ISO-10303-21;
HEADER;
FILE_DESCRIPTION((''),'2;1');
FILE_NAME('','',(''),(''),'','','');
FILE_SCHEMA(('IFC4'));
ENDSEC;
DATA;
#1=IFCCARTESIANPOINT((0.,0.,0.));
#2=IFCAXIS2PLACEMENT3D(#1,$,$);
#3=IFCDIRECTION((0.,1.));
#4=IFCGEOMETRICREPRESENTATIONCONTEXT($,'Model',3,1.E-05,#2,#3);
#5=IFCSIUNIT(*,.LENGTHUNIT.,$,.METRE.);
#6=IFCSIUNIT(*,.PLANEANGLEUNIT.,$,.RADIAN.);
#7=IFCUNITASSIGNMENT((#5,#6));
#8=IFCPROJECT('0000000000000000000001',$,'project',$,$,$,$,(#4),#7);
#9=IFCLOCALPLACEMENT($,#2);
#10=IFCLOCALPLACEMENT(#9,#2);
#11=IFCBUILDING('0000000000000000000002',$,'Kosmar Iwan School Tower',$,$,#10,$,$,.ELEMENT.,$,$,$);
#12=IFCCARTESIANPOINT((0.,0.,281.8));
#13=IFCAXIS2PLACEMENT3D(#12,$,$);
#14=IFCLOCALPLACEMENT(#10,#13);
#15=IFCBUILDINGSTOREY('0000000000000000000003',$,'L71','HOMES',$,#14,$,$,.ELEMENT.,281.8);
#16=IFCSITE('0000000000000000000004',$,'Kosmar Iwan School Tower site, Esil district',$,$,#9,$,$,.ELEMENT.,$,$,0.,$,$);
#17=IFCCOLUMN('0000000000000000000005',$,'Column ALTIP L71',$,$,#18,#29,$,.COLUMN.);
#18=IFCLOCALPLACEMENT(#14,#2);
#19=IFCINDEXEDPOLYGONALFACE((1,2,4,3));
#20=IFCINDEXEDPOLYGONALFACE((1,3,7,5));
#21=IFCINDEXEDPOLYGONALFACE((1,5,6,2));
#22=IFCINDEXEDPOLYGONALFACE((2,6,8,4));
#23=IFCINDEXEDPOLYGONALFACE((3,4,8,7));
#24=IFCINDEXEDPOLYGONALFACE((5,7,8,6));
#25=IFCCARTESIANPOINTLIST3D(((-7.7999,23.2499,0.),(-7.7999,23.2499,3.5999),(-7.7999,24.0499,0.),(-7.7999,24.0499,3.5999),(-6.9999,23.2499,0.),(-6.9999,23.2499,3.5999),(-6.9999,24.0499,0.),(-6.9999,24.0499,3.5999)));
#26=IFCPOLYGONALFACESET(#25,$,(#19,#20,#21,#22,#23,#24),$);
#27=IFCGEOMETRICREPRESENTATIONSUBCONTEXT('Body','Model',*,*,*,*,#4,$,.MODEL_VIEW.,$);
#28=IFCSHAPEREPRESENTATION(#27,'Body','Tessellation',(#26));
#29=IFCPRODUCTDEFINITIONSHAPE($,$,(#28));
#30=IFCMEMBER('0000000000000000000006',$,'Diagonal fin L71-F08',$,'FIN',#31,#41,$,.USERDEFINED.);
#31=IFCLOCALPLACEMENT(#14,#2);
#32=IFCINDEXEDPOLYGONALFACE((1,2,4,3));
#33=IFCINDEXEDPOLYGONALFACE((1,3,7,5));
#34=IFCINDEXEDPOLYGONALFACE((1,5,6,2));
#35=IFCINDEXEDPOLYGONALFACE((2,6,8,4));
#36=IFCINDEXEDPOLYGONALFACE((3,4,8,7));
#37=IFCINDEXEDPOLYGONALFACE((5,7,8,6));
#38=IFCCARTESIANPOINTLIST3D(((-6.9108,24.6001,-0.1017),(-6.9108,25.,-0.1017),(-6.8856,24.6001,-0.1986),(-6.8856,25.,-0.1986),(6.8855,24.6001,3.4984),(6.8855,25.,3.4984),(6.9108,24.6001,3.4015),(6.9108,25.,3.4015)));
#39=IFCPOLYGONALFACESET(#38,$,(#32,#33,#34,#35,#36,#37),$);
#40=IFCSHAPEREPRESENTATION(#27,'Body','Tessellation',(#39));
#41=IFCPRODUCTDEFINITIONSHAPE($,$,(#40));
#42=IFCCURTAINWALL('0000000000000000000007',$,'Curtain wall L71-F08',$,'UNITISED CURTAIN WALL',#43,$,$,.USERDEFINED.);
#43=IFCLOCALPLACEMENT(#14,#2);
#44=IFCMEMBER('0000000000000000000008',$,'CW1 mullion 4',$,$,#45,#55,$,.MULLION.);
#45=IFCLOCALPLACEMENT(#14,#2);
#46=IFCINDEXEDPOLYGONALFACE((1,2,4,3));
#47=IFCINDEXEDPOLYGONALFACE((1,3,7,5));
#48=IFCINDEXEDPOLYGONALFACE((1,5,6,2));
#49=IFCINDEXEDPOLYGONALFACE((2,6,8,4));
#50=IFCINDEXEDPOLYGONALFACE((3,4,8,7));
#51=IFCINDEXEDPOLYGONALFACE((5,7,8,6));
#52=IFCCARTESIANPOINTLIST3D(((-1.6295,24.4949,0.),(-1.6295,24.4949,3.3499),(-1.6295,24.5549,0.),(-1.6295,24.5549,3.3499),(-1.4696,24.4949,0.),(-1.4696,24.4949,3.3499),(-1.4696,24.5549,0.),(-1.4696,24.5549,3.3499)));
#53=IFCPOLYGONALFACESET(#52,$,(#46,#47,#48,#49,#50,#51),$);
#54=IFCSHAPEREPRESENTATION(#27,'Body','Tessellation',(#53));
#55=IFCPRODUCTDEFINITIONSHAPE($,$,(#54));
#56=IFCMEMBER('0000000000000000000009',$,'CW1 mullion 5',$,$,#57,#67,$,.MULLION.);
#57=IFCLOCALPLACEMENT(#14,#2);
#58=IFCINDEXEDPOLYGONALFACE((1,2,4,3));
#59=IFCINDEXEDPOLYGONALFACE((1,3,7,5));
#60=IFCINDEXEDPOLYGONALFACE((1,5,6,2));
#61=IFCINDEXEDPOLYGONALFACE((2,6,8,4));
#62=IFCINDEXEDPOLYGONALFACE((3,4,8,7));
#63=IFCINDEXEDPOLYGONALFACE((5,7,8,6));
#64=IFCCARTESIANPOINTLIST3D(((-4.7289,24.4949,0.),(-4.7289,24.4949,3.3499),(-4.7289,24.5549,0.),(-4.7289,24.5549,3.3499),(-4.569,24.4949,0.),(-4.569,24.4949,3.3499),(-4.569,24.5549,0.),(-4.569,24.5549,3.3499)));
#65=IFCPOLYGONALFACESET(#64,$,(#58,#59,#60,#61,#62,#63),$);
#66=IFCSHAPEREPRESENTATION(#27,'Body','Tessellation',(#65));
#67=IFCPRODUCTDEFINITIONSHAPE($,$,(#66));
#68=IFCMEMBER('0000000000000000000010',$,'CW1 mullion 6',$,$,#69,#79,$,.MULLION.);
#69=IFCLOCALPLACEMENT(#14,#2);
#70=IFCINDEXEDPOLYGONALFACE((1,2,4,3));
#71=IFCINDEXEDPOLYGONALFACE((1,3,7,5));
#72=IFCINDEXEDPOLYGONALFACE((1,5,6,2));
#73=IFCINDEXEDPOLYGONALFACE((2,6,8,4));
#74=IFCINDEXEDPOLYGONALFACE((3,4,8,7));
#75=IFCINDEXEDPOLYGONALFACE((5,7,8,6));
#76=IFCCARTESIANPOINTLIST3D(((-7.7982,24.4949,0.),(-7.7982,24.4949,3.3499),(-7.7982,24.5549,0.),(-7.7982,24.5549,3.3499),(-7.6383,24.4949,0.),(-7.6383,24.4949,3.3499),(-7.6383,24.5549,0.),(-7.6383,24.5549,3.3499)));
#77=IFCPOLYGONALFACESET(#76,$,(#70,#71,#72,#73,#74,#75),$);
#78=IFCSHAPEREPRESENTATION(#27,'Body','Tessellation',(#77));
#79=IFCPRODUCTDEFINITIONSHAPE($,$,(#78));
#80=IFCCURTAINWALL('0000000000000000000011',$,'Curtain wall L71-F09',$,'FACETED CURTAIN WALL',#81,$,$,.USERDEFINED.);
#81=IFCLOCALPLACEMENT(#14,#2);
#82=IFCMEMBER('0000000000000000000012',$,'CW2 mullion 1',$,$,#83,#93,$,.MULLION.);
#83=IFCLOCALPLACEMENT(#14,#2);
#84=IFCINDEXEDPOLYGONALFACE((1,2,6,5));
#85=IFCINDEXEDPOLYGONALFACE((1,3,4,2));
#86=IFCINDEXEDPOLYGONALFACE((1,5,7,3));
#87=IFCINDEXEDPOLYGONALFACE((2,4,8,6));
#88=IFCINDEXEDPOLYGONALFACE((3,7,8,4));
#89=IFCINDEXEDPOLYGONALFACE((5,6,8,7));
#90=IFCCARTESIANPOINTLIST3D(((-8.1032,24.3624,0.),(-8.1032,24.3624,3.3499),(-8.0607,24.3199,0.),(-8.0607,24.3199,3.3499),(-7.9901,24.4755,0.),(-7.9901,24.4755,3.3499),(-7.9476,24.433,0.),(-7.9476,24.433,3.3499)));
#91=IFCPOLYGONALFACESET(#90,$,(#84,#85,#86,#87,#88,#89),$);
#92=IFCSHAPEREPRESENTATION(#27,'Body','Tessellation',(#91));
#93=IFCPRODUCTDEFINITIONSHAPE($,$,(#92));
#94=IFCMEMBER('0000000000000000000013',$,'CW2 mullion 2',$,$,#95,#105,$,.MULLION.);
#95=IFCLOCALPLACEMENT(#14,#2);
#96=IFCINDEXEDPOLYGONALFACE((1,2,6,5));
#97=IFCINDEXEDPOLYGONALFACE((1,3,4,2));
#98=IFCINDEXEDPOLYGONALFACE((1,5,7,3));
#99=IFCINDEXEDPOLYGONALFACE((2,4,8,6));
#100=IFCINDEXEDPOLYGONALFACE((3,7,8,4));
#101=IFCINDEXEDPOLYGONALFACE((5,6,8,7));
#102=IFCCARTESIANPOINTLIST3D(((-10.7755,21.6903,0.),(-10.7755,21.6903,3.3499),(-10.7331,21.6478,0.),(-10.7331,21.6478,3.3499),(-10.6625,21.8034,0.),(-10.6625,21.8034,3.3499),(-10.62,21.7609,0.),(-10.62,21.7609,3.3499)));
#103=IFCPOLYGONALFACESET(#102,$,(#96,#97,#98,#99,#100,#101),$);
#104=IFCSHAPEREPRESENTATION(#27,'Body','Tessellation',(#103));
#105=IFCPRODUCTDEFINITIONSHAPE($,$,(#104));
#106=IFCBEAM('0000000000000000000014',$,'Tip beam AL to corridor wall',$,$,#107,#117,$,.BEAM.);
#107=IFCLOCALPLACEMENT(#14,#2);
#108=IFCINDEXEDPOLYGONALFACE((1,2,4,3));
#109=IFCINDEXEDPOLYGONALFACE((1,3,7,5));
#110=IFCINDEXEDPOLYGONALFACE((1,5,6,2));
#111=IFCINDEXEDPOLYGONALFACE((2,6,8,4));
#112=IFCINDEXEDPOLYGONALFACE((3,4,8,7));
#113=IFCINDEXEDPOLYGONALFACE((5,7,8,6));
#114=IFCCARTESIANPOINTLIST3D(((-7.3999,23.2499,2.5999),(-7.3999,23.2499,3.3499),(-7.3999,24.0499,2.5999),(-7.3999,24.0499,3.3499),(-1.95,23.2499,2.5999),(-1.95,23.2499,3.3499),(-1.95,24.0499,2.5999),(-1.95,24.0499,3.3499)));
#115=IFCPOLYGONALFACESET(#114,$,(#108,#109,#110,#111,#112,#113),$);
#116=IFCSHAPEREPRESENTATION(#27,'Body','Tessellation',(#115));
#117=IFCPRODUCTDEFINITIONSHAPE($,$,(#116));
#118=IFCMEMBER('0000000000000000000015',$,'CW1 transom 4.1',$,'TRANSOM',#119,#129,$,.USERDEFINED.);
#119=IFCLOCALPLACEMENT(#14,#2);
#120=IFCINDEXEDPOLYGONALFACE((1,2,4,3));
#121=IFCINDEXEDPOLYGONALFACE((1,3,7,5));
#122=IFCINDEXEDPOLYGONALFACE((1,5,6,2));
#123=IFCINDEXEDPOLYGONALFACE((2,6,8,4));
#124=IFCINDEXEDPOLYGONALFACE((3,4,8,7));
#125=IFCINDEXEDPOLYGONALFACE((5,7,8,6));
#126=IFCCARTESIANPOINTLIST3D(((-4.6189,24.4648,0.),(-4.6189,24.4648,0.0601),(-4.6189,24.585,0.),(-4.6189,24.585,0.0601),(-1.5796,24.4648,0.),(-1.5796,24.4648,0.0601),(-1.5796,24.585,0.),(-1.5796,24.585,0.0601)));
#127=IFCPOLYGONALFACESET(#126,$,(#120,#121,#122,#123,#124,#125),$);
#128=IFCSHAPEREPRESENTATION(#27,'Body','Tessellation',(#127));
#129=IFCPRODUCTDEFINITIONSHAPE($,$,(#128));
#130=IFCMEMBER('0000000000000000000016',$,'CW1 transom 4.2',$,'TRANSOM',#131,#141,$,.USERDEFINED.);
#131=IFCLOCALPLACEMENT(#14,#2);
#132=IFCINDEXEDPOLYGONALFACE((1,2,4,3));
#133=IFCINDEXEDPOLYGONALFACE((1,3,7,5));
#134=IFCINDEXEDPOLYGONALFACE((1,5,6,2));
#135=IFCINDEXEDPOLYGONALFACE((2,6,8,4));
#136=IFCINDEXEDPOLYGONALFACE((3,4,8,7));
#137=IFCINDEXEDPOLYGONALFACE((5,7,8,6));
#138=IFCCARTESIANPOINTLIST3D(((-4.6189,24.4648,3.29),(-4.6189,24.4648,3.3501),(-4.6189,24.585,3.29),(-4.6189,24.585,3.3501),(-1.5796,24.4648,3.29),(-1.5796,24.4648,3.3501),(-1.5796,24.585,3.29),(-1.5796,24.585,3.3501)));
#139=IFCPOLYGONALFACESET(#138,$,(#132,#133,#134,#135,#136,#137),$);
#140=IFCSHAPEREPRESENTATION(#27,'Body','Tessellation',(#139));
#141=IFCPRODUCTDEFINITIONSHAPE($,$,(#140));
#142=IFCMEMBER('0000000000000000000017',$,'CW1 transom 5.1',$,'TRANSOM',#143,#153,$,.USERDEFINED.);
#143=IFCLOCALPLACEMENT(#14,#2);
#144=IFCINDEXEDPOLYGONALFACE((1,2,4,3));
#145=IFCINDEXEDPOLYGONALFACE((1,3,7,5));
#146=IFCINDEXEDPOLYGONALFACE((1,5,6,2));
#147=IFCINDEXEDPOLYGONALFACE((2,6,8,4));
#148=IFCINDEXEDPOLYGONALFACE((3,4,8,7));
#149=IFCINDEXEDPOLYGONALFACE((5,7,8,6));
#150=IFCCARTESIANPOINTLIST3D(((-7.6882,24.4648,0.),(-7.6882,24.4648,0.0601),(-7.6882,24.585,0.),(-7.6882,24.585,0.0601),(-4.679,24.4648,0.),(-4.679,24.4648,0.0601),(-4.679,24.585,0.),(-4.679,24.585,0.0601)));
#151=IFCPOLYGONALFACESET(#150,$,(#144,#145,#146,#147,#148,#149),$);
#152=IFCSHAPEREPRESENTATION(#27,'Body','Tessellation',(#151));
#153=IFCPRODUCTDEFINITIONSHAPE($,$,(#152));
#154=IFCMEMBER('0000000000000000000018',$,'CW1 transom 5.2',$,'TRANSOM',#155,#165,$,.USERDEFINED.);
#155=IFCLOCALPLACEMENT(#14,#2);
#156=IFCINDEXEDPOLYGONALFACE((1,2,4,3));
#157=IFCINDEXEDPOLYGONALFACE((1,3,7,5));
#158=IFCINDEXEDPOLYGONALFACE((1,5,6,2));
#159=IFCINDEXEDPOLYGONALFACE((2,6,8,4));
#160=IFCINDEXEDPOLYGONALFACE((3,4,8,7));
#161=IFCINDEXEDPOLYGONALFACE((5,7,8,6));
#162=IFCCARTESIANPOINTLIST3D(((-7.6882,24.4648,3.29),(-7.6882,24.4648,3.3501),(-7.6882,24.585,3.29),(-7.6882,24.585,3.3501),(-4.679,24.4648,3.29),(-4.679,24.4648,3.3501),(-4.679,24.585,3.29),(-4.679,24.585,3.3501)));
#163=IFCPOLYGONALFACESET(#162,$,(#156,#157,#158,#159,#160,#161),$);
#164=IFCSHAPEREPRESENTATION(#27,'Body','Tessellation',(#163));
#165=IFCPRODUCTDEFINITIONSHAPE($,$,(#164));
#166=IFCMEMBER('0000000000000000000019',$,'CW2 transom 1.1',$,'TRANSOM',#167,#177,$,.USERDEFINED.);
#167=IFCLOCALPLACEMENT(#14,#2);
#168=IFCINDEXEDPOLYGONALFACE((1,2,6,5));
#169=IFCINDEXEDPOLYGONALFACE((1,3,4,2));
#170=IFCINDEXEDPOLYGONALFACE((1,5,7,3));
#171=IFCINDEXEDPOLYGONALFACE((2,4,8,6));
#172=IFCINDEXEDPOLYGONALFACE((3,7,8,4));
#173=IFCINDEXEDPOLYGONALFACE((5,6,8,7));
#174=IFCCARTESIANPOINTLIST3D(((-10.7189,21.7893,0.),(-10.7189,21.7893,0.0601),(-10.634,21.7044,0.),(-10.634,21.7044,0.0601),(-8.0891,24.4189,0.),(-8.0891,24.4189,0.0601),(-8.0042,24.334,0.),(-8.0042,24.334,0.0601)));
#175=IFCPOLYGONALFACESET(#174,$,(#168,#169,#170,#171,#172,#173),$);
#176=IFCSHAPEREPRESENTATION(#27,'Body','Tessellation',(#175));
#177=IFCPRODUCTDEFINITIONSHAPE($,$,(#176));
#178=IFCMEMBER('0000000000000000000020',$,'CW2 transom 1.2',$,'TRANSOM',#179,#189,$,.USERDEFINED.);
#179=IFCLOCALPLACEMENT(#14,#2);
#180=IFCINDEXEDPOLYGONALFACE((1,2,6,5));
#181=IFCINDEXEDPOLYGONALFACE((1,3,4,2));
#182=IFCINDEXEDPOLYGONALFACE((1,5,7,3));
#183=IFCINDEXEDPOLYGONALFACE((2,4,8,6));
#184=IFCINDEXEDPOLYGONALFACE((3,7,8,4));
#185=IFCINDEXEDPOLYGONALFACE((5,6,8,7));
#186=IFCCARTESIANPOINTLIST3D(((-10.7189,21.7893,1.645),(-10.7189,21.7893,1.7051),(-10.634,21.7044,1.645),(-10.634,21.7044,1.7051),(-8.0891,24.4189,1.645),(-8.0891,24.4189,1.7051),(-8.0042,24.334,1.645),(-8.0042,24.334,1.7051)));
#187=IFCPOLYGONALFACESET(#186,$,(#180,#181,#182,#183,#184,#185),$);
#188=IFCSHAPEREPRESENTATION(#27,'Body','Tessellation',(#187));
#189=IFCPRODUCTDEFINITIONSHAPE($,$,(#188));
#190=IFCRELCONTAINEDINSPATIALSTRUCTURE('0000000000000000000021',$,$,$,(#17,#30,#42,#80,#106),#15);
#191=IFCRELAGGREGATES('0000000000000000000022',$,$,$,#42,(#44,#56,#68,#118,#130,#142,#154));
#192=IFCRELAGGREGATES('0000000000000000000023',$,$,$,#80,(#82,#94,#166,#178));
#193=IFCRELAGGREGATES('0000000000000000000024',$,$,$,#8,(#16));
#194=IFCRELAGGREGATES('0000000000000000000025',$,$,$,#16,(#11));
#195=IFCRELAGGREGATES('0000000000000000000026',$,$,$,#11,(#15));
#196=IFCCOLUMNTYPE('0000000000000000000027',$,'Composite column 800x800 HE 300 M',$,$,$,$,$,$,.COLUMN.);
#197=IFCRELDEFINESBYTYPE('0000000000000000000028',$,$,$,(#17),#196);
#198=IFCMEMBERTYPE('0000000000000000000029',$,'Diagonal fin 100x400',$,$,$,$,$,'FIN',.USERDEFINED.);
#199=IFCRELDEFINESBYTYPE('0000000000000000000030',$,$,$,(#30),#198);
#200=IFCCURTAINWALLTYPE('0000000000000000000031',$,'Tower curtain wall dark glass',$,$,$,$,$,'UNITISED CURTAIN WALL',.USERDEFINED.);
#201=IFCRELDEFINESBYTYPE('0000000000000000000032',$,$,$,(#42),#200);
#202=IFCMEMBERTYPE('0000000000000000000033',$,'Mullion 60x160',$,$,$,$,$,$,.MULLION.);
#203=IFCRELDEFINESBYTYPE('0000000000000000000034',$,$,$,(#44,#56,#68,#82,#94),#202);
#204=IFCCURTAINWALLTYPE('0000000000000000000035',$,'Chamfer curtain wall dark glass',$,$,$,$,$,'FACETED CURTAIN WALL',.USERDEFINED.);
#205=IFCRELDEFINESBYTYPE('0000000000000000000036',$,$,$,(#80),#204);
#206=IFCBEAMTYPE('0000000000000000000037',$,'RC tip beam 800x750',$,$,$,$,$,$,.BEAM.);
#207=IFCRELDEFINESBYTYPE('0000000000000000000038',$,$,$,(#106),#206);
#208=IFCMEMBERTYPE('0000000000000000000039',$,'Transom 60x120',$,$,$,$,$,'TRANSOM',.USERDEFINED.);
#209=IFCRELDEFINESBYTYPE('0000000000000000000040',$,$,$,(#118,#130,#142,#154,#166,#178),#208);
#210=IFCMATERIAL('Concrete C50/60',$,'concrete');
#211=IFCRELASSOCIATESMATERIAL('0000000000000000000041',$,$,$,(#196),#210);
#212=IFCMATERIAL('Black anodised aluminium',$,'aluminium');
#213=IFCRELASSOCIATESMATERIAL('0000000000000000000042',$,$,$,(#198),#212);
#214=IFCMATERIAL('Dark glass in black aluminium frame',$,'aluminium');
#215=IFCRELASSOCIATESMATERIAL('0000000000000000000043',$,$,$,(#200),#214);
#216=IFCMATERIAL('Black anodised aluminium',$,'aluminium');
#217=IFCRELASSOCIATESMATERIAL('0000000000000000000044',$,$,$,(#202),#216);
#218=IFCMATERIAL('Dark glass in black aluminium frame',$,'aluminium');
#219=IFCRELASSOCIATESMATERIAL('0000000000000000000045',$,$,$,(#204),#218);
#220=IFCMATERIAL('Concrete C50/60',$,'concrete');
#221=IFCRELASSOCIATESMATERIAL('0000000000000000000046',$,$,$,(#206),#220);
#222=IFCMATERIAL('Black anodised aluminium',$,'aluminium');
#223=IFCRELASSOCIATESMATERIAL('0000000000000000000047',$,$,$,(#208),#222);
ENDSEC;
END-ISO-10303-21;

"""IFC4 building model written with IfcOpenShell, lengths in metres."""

from ifc_helpers import new_model, si_unit, direction, frame, origin, origin_2d, place, context, subcontext, project, spatial, rectangle, extrude, material, material_profile, profile_set, type_object, element, aggregate, save


model = new_model("IFC4")

# Units and contexts
model_context = context("Model", 3, precision=1e-05, world=origin(), true_north=direction((0.0, 1.0)))
body_context = subcontext(model_context, "Body", "Model", "MODEL_VIEW")
ifc_project = project(units=[si_unit("LENGTHUNIT", "METRE"), si_unit("PLANEANGLEUNIT", "RADIAN")], contexts=[model_context])

# Site, building, storey
site_placement = place(None, origin())
site = spatial("IfcSite", under=ifc_project, at=site_placement, Name="Kosmar Iwan School Tower site, Esil district", CompositionType="ELEMENT", RefElevation=0.0)
building_placement = place(site_placement, origin())
building = spatial("IfcBuilding", under=site, at=building_placement, Name="Kosmar Iwan School Tower", CompositionType="ELEMENT")
storey_placement = place(building_placement, frame((0.0, 0.0, 281.8)))
storey = spatial("IfcBuildingStorey", under=building, at=storey_placement, Name="L71", Description="HOMES", CompositionType="ELEMENT", Elevation=281.8)

# Column
ifc_material_1 = material(Name="Concrete C50/60", Category="concrete")
ifc_material_profile_1 = material_profile(ifc_material_1, rectangle(XDim=0.8, YDim=0.8, at=origin_2d()), Name="RC 800x800 + HE 300 M")
ifc_profile_set_1 = profile_set([ifc_material_profile_1], Name="Concrete C50/60")
column_type = type_object("IfcColumnType", Name="Composite column 800x800 HE 300 M", PredefinedType="COLUMN", material=ifc_profile_set_1)
column_placement = place(storey_placement, frame((-7.3999, 23.6499, 0.0), z_axis=(0.0, 0.0, 1.0), x_axis=(0.0, 1.0, 0.0)))
element("IfcColumn", 1, at=column_placement, inside=storey, type_object=column_type, Name="Column ALTIP L71", PredefinedType="COLUMN", context=body_context, shape_type="SweptSolid", body=[
    extrude(rectangle(XDim=0.8, YDim=0.8, at=origin_2d()), origin(), (0.0, 0.0, 1.0), 3.5999),
])

# Member
ifc_material_2 = material(Name="Black anodised aluminium", Category="aluminium")
ifc_material_profile_2 = material_profile(ifc_material_2, rectangle(XDim=0.1001, YDim=0.3999, at=origin_2d()), Name="FIN 100x400")
ifc_profile_set_2 = profile_set([ifc_material_profile_2], Name="Black anodised aluminium")
member_type_1 = type_object("IfcMemberType", Name="Diagonal fin 100x400", ElementType="FIN", PredefinedType="USERDEFINED", material=ifc_profile_set_2)
member_1_placement = place(storey_placement, frame((-6.8982, 24.8, -0.1501), z_axis=(0.967599, 0.0, 0.25249), x_axis=(-0.25249, 0.0, 0.967599)))
element("IfcMember", 2, at=member_1_placement, inside=storey, type_object=member_type_1, Name="Diagonal fin L71-F08", ObjectType="FIN", PredefinedType="USERDEFINED", context=body_context, shape_type="SweptSolid", body=[
    extrude(rectangle(XDim=0.1001, YDim=0.3999, at=origin_2d()), origin(), (0.0, 0.0, 1.0), 14.2583),
])

# Curtain walls, members
ifc_material_3 = material(Name="Dark glass in black aluminium frame", Category="aluminium")
curtain_wall_type_1 = type_object("IfcCurtainWallType", Name="Tower curtain wall dark glass", ElementType="UNITISED CURTAIN WALL", PredefinedType="USERDEFINED", material=ifc_material_3)
curtain_wall_1_placement = place(storey_placement, origin())
curtain_wall_1 = element("IfcCurtainWall", 3, at=curtain_wall_1_placement, inside=storey, type_object=curtain_wall_type_1, Name="Curtain wall L71-F08", ObjectType="UNITISED CURTAIN WALL", PredefinedType="USERDEFINED")
ifc_material_4 = material(Name="Black anodised aluminium", Category="aluminium")
ifc_material_profile_3 = material_profile(ifc_material_4, rectangle(XDim=0.0601, YDim=0.1599, at=origin_2d()), Name="MULLION 60x160")
ifc_profile_set_3 = profile_set([ifc_material_profile_3], Name="Black anodised aluminium")
member_type_2 = type_object("IfcMemberType", Name="Mullion 60x160", PredefinedType="MULLION", material=ifc_profile_set_3)
member_2_placement = place(storey_placement, frame((-1.5496, 24.5249, 0.0), z_axis=(0.0, 0.0, 1.0), x_axis=(0.0, -1.0, 0.0)))
member_2 = element("IfcMember", 4, at=member_2_placement, type_object=member_type_2, Name="CW1 mullion 4", PredefinedType="MULLION", context=body_context, shape_type="SweptSolid", body=[
    extrude(rectangle(XDim=0.0601, YDim=0.1599, at=origin_2d()), origin(), (0.0, 0.0, 1.0), 3.3499),
])
member_3_placement = place(storey_placement, frame((-4.6489, 24.5249, 0.0), z_axis=(0.0, 0.0, 1.0), x_axis=(0.0, -1.0, 0.0)))
member_3 = element("IfcMember", 5, at=member_3_placement, type_object=member_type_2, Name="CW1 mullion 5", PredefinedType="MULLION", context=body_context, shape_type="SweptSolid", body=[
    extrude(rectangle(XDim=0.0601, YDim=0.1599, at=origin_2d()), origin(), (0.0, 0.0, 1.0), 3.3499),
])
member_4_placement = place(storey_placement, frame((-7.7183, 24.5249, 0.0), z_axis=(0.0, 0.0, 1.0), x_axis=(0.0, -1.0, 0.0)))
member_4 = element("IfcMember", 6, at=member_4_placement, type_object=member_type_2, Name="CW1 mullion 6", PredefinedType="MULLION", context=body_context, shape_type="SweptSolid", body=[
    extrude(rectangle(XDim=0.0601, YDim=0.1599, at=origin_2d()), origin(), (0.0, 0.0, 1.0), 3.3499),
])
ifc_material_5 = material(Name="Dark glass in black aluminium frame", Category="aluminium")
curtain_wall_type_2 = type_object("IfcCurtainWallType", Name="Chamfer curtain wall dark glass", ElementType="FACETED CURTAIN WALL", PredefinedType="USERDEFINED", material=ifc_material_5)
curtain_wall_2_placement = place(storey_placement, origin())
curtain_wall_2 = element("IfcCurtainWall", 7, at=curtain_wall_2_placement, inside=storey, type_object=curtain_wall_type_2, Name="Curtain wall L71-F09", ObjectType="FACETED CURTAIN WALL", PredefinedType="USERDEFINED")
member_5_placement = place(storey_placement, frame((-8.0254, 24.3977, 0.0), z_axis=(0.0, 0.0, 1.0), x_axis=(0.707107, -0.707107, 0.0)))
member_5 = element("IfcMember", 8, at=member_5_placement, type_object=member_type_2, Name="CW2 mullion 1", PredefinedType="MULLION", context=body_context, shape_type="SweptSolid", body=[
    extrude(rectangle(XDim=0.0601, YDim=0.1599, at=origin_2d()), origin(), (0.0, 0.0, 1.0), 3.3499),
])
member_6_placement = place(storey_placement, frame((-10.6978, 21.7256, 0.0), z_axis=(0.0, 0.0, 1.0), x_axis=(0.707107, -0.707107, 0.0)))
member_6 = element("IfcMember", 9, at=member_6_placement, type_object=member_type_2, Name="CW2 mullion 2", PredefinedType="MULLION", context=body_context, shape_type="SweptSolid", body=[
    extrude(rectangle(XDim=0.0601, YDim=0.1599, at=origin_2d()), origin(), (0.0, 0.0, 1.0), 3.3499),
])

# Beam
ifc_material_6 = material(Name="Concrete C50/60", Category="concrete")
ifc_material_profile_4 = material_profile(ifc_material_6, rectangle(XDim=0.8, YDim=0.75, at=origin_2d()), Name="RC 800x750")
ifc_profile_set_4 = profile_set([ifc_material_profile_4], Name="Concrete C50/60")
beam_type = type_object("IfcBeamType", Name="RC tip beam 800x750", PredefinedType="BEAM", material=ifc_profile_set_4)
beam_placement = place(storey_placement, frame((-7.3999, 23.6499, 2.9749), z_axis=(1.0, 0.0, 0.0), x_axis=(0.0, 1.0, 0.0)))
element("IfcBeam", 10, at=beam_placement, inside=storey, type_object=beam_type, Name="Tip beam AL to corridor wall", PredefinedType="BEAM", context=body_context, shape_type="SweptSolid", body=[
    extrude(rectangle(XDim=0.8, YDim=0.75, at=origin_2d()), origin(), (0.0, 0.0, 1.0), 5.45),
])

# Members
ifc_material_7 = material(Name="Black anodised aluminium", Category="aluminium")
ifc_material_profile_5 = material_profile(ifc_material_7, rectangle(XDim=0.1201, YDim=0.0601, at=origin_2d()), Name="TRANSOM 60x120")
ifc_profile_set_5 = profile_set([ifc_material_profile_5], Name="Black anodised aluminium")
member_type_3 = type_object("IfcMemberType", Name="Transom 60x120", ElementType="TRANSOM", PredefinedType="USERDEFINED", material=ifc_profile_set_5)
member_7_placement = place(storey_placement, frame((-1.5796, 24.5249, 0.03), z_axis=(-1.0, 0.0, 0.0), x_axis=(0.0, -1.0, 0.0)))
member_7 = element("IfcMember", 11, at=member_7_placement, type_object=member_type_3, Name="CW1 transom 4.1", ObjectType="TRANSOM", PredefinedType="USERDEFINED", context=body_context, shape_type="SweptSolid", body=[
    extrude(rectangle(XDim=0.1201, YDim=0.0601, at=origin_2d()), origin(), (0.0, 0.0, 1.0), 3.0393),
])
member_8_placement = place(storey_placement, frame((-1.5796, 24.5249, 3.3201), z_axis=(-1.0, 0.0, 0.0), x_axis=(0.0, -1.0, 0.0)))
member_8 = element("IfcMember", 12, at=member_8_placement, type_object=member_type_3, Name="CW1 transom 4.2", ObjectType="TRANSOM", PredefinedType="USERDEFINED", context=body_context, shape_type="SweptSolid", body=[
    extrude(rectangle(XDim=0.1201, YDim=0.0601, at=origin_2d()), origin(), (0.0, 0.0, 1.0), 3.0393),
])
member_9_placement = place(storey_placement, frame((-4.679, 24.5249, 0.03), z_axis=(-1.0, 0.0, 0.0), x_axis=(0.0, -1.0, 0.0)))
member_9 = element("IfcMember", 13, at=member_9_placement, type_object=member_type_3, Name="CW1 transom 5.1", ObjectType="TRANSOM", PredefinedType="USERDEFINED", context=body_context, shape_type="SweptSolid", body=[
    extrude(rectangle(XDim=0.1201, YDim=0.0601, at=origin_2d()), origin(), (0.0, 0.0, 1.0), 3.0093),
])
member_10_placement = place(storey_placement, frame((-4.679, 24.5249, 3.3201), z_axis=(-1.0, 0.0, 0.0), x_axis=(0.0, -1.0, 0.0)))
member_10 = element("IfcMember", 14, at=member_10_placement, type_object=member_type_3, Name="CW1 transom 5.2", ObjectType="TRANSOM", PredefinedType="USERDEFINED", context=body_context, shape_type="SweptSolid", body=[
    extrude(rectangle(XDim=0.1201, YDim=0.0601, at=origin_2d()), origin(), (0.0, 0.0, 1.0), 3.0093),
])
member_11_placement = place(storey_placement, frame((-8.0466, 24.3765, 0.03), z_axis=(-0.70714, -0.707074, 0.0), x_axis=(0.707074, -0.70714, 0.0)))
member_11 = element("IfcMember", 15, at=member_11_placement, type_object=member_type_3, Name="CW2 transom 1.1", ObjectType="TRANSOM", PredefinedType="USERDEFINED", context=body_context, shape_type="SweptSolid", body=[
    extrude(rectangle(XDim=0.1201, YDim=0.0601, at=origin_2d()), origin(), (0.0, 0.0, 1.0), 3.719),
])
member_12_placement = place(storey_placement, frame((-8.0466, 24.3765, 1.675), z_axis=(-0.70714, -0.707074, 0.0), x_axis=(0.707074, -0.70714, 0.0)))
member_12 = element("IfcMember", 16, at=member_12_placement, type_object=member_type_3, Name="CW2 transom 1.2", ObjectType="TRANSOM", PredefinedType="USERDEFINED", context=body_context, shape_type="SweptSolid", body=[
    extrude(rectangle(XDim=0.1201, YDim=0.0601, at=origin_2d()), origin(), (0.0, 0.0, 1.0), 3.719),
])

aggregate(curtain_wall_1, [member_2, member_3, member_4, member_7, member_8, member_9, member_10])
aggregate(curtain_wall_2, [member_5, member_6, member_11, member_12])

save(model, "model.ifc")
